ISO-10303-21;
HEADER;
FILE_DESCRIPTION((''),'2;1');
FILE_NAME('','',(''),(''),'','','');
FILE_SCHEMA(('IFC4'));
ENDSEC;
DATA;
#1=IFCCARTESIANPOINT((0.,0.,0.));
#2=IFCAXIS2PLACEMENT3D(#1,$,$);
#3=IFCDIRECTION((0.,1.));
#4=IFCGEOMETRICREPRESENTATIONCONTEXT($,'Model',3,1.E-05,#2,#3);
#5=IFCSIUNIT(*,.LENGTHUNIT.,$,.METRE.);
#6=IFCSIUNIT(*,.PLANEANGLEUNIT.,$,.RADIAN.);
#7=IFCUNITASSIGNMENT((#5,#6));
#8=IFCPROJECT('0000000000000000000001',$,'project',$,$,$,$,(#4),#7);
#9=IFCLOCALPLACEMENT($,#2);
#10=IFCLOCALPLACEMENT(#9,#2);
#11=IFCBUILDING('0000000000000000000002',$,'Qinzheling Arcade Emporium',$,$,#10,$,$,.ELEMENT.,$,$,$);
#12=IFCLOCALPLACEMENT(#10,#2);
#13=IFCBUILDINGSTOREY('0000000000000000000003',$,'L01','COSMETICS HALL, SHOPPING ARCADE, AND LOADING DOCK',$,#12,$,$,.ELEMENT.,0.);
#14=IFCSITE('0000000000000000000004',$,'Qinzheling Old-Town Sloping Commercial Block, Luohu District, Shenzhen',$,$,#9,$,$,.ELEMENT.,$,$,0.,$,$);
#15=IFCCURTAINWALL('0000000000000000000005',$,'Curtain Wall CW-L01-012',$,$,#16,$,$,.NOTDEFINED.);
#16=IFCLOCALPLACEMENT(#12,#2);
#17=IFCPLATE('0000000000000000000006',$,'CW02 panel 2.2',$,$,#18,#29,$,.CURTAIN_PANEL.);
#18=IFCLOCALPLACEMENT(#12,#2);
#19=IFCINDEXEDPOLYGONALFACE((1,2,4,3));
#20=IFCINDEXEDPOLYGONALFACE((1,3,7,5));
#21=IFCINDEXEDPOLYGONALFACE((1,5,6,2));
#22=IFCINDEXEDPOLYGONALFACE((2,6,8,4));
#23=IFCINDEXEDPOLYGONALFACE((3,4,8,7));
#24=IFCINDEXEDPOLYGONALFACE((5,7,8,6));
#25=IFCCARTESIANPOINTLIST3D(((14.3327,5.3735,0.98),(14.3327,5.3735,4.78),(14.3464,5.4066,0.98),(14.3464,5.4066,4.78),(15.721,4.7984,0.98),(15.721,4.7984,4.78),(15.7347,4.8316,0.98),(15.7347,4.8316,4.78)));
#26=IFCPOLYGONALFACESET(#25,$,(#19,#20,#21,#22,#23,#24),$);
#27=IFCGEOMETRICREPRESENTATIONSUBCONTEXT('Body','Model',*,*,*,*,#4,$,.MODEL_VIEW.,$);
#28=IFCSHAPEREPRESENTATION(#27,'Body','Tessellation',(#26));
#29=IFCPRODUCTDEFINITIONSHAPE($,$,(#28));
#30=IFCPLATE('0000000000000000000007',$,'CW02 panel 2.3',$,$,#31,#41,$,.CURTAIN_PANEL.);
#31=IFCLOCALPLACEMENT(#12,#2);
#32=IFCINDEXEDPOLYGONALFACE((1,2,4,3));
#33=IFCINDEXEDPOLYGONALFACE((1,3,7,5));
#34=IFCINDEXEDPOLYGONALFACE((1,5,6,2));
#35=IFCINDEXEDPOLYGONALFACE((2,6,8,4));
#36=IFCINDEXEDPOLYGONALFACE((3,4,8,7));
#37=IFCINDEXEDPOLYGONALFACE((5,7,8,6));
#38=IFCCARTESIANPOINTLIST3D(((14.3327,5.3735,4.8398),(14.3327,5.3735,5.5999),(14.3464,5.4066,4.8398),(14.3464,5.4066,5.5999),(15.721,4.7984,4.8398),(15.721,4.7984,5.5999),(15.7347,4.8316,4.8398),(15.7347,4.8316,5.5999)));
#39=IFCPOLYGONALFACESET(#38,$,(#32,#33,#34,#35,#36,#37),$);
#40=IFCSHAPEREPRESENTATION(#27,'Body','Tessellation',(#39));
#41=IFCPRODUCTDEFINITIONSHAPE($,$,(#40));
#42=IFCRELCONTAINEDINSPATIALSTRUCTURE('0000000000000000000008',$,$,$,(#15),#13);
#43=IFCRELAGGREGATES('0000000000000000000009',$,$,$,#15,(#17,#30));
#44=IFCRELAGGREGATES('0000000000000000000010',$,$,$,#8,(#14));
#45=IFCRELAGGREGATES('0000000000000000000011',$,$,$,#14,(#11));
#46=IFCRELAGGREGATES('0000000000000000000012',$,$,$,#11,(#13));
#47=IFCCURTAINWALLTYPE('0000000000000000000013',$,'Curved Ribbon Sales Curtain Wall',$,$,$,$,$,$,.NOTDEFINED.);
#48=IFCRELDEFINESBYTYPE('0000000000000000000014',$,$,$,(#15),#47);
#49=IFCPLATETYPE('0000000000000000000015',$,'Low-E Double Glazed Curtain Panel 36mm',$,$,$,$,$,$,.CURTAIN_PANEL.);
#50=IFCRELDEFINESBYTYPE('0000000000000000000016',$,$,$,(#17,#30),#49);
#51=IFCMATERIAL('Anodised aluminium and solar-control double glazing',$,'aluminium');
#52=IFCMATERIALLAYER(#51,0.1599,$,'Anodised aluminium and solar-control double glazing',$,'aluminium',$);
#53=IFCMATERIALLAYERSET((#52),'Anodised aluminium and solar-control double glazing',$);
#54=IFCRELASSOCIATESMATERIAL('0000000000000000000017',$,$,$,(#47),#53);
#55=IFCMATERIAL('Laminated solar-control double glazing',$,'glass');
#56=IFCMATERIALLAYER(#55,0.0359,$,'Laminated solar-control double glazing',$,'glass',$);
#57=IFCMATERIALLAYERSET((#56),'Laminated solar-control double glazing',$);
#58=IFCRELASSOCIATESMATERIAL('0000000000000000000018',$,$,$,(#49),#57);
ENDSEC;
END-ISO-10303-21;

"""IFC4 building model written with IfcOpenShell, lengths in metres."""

from ifc_helpers import new_model, si_unit, direction, frame, origin, origin_2d, place, context, subcontext, project, spatial, rectangle, extrude, material, layer, layer_set, type_object, element, aggregate, save


model = new_model("IFC4")

# Units and contexts
model_context = context("Model", 3, precision=1e-05, world=origin(), true_north=direction((0.0, 1.0)))
body_context = subcontext(model_context, "Body", "Model", "MODEL_VIEW")
ifc_project = project(units=[si_unit("LENGTHUNIT", "METRE"), si_unit("PLANEANGLEUNIT", "RADIAN")], contexts=[model_context])

# Site, building, storey
site_placement = place(None, origin())
site = spatial("IfcSite", under=ifc_project, at=site_placement, Name="Qinzheling Old-Town Sloping Commercial Block, Luohu District, Shenzhen", CompositionType="ELEMENT", RefElevation=0.0)
building_placement = place(site_placement, origin())
building = spatial("IfcBuilding", under=site, at=building_placement, Name="Qinzheling Arcade Emporium", CompositionType="ELEMENT")
storey_placement = place(building_placement, origin())
storey = spatial("IfcBuildingStorey", under=building, at=storey_placement, Name="L01", Description="COSMETICS HALL, SHOPPING ARCADE, AND LOADING DOCK", CompositionType="ELEMENT", Elevation=0.0)

# Shared definitions
ifc_material_1 = material(Name="Anodised aluminium and solar-control double glazing", Category="aluminium")
ifc_layer_1 = layer(ifc_material_1, 0.1599, Name="Anodised aluminium and solar-control double glazing", Category="aluminium")
ifc_layer_set_1 = layer_set([ifc_layer_1], Name="Anodised aluminium and solar-control double glazing")
curtain_wall_type = type_object("IfcCurtainWallType", Name="Curved Ribbon Sales Curtain Wall", PredefinedType="NOTDEFINED", material=ifc_layer_set_1)

# Curtain wall
curtain_wall_1_placement = place(storey_placement, origin())
curtain_wall_1 = element("IfcCurtainWall", 1, at=curtain_wall_1_placement, inside=storey, type_object=curtain_wall_type, Name="Curtain Wall CW-L01-012", PredefinedType="NOTDEFINED")

# Plates
ifc_material_2 = material(Name="Laminated solar-control double glazing", Category="glass")
ifc_layer_2 = layer(ifc_material_2, 0.0359, Name="Laminated solar-control double glazing", Category="glass")
ifc_layer_set_2 = layer_set([ifc_layer_2], Name="Laminated solar-control double glazing")
plate_type_1 = type_object("IfcPlateType", Name="Low-E Double Glazed Curtain Panel 36mm", PredefinedType="CURTAIN_PANEL", material=ifc_layer_set_2)
plate_1_placement = place(storey_placement, frame((15.0337, 5.1025, 0.98), z_axis=(0.0, 0.0, 1.0), x_axis=(-0.923883, 0.382675, 0.0)))
plate_1 = element("IfcPlate", 2, at=plate_1_placement, type_object=plate_type_1, Name="CW02 panel 2.2", PredefinedType="CURTAIN_PANEL", context=body_context, shape_type="SweptSolid", body=[
    extrude(rectangle(XDim=1.5027, YDim=0.0359, at=origin_2d()), origin(), (0.0, 0.0, 1.0), 3.8),
])
plate_2_placement = place(storey_placement, frame((15.0337, 5.1025, 4.8398), z_axis=(0.0, 0.0, 1.0), x_axis=(-0.923883, 0.382675, 0.0)))
plate_2 = element("IfcPlate", 3, at=plate_2_placement, type_object=plate_type_1, Name="CW02 panel 2.3", PredefinedType="CURTAIN_PANEL", context=body_context, shape_type="SweptSolid", body=[
    extrude(rectangle(XDim=1.5027, YDim=0.0359, at=origin_2d()), origin(), (0.0, 0.0, 1.0), 0.76),
])
aggregate(curtain_wall_1, [plate_1, plate_2])

save(model, "model.ifc")
